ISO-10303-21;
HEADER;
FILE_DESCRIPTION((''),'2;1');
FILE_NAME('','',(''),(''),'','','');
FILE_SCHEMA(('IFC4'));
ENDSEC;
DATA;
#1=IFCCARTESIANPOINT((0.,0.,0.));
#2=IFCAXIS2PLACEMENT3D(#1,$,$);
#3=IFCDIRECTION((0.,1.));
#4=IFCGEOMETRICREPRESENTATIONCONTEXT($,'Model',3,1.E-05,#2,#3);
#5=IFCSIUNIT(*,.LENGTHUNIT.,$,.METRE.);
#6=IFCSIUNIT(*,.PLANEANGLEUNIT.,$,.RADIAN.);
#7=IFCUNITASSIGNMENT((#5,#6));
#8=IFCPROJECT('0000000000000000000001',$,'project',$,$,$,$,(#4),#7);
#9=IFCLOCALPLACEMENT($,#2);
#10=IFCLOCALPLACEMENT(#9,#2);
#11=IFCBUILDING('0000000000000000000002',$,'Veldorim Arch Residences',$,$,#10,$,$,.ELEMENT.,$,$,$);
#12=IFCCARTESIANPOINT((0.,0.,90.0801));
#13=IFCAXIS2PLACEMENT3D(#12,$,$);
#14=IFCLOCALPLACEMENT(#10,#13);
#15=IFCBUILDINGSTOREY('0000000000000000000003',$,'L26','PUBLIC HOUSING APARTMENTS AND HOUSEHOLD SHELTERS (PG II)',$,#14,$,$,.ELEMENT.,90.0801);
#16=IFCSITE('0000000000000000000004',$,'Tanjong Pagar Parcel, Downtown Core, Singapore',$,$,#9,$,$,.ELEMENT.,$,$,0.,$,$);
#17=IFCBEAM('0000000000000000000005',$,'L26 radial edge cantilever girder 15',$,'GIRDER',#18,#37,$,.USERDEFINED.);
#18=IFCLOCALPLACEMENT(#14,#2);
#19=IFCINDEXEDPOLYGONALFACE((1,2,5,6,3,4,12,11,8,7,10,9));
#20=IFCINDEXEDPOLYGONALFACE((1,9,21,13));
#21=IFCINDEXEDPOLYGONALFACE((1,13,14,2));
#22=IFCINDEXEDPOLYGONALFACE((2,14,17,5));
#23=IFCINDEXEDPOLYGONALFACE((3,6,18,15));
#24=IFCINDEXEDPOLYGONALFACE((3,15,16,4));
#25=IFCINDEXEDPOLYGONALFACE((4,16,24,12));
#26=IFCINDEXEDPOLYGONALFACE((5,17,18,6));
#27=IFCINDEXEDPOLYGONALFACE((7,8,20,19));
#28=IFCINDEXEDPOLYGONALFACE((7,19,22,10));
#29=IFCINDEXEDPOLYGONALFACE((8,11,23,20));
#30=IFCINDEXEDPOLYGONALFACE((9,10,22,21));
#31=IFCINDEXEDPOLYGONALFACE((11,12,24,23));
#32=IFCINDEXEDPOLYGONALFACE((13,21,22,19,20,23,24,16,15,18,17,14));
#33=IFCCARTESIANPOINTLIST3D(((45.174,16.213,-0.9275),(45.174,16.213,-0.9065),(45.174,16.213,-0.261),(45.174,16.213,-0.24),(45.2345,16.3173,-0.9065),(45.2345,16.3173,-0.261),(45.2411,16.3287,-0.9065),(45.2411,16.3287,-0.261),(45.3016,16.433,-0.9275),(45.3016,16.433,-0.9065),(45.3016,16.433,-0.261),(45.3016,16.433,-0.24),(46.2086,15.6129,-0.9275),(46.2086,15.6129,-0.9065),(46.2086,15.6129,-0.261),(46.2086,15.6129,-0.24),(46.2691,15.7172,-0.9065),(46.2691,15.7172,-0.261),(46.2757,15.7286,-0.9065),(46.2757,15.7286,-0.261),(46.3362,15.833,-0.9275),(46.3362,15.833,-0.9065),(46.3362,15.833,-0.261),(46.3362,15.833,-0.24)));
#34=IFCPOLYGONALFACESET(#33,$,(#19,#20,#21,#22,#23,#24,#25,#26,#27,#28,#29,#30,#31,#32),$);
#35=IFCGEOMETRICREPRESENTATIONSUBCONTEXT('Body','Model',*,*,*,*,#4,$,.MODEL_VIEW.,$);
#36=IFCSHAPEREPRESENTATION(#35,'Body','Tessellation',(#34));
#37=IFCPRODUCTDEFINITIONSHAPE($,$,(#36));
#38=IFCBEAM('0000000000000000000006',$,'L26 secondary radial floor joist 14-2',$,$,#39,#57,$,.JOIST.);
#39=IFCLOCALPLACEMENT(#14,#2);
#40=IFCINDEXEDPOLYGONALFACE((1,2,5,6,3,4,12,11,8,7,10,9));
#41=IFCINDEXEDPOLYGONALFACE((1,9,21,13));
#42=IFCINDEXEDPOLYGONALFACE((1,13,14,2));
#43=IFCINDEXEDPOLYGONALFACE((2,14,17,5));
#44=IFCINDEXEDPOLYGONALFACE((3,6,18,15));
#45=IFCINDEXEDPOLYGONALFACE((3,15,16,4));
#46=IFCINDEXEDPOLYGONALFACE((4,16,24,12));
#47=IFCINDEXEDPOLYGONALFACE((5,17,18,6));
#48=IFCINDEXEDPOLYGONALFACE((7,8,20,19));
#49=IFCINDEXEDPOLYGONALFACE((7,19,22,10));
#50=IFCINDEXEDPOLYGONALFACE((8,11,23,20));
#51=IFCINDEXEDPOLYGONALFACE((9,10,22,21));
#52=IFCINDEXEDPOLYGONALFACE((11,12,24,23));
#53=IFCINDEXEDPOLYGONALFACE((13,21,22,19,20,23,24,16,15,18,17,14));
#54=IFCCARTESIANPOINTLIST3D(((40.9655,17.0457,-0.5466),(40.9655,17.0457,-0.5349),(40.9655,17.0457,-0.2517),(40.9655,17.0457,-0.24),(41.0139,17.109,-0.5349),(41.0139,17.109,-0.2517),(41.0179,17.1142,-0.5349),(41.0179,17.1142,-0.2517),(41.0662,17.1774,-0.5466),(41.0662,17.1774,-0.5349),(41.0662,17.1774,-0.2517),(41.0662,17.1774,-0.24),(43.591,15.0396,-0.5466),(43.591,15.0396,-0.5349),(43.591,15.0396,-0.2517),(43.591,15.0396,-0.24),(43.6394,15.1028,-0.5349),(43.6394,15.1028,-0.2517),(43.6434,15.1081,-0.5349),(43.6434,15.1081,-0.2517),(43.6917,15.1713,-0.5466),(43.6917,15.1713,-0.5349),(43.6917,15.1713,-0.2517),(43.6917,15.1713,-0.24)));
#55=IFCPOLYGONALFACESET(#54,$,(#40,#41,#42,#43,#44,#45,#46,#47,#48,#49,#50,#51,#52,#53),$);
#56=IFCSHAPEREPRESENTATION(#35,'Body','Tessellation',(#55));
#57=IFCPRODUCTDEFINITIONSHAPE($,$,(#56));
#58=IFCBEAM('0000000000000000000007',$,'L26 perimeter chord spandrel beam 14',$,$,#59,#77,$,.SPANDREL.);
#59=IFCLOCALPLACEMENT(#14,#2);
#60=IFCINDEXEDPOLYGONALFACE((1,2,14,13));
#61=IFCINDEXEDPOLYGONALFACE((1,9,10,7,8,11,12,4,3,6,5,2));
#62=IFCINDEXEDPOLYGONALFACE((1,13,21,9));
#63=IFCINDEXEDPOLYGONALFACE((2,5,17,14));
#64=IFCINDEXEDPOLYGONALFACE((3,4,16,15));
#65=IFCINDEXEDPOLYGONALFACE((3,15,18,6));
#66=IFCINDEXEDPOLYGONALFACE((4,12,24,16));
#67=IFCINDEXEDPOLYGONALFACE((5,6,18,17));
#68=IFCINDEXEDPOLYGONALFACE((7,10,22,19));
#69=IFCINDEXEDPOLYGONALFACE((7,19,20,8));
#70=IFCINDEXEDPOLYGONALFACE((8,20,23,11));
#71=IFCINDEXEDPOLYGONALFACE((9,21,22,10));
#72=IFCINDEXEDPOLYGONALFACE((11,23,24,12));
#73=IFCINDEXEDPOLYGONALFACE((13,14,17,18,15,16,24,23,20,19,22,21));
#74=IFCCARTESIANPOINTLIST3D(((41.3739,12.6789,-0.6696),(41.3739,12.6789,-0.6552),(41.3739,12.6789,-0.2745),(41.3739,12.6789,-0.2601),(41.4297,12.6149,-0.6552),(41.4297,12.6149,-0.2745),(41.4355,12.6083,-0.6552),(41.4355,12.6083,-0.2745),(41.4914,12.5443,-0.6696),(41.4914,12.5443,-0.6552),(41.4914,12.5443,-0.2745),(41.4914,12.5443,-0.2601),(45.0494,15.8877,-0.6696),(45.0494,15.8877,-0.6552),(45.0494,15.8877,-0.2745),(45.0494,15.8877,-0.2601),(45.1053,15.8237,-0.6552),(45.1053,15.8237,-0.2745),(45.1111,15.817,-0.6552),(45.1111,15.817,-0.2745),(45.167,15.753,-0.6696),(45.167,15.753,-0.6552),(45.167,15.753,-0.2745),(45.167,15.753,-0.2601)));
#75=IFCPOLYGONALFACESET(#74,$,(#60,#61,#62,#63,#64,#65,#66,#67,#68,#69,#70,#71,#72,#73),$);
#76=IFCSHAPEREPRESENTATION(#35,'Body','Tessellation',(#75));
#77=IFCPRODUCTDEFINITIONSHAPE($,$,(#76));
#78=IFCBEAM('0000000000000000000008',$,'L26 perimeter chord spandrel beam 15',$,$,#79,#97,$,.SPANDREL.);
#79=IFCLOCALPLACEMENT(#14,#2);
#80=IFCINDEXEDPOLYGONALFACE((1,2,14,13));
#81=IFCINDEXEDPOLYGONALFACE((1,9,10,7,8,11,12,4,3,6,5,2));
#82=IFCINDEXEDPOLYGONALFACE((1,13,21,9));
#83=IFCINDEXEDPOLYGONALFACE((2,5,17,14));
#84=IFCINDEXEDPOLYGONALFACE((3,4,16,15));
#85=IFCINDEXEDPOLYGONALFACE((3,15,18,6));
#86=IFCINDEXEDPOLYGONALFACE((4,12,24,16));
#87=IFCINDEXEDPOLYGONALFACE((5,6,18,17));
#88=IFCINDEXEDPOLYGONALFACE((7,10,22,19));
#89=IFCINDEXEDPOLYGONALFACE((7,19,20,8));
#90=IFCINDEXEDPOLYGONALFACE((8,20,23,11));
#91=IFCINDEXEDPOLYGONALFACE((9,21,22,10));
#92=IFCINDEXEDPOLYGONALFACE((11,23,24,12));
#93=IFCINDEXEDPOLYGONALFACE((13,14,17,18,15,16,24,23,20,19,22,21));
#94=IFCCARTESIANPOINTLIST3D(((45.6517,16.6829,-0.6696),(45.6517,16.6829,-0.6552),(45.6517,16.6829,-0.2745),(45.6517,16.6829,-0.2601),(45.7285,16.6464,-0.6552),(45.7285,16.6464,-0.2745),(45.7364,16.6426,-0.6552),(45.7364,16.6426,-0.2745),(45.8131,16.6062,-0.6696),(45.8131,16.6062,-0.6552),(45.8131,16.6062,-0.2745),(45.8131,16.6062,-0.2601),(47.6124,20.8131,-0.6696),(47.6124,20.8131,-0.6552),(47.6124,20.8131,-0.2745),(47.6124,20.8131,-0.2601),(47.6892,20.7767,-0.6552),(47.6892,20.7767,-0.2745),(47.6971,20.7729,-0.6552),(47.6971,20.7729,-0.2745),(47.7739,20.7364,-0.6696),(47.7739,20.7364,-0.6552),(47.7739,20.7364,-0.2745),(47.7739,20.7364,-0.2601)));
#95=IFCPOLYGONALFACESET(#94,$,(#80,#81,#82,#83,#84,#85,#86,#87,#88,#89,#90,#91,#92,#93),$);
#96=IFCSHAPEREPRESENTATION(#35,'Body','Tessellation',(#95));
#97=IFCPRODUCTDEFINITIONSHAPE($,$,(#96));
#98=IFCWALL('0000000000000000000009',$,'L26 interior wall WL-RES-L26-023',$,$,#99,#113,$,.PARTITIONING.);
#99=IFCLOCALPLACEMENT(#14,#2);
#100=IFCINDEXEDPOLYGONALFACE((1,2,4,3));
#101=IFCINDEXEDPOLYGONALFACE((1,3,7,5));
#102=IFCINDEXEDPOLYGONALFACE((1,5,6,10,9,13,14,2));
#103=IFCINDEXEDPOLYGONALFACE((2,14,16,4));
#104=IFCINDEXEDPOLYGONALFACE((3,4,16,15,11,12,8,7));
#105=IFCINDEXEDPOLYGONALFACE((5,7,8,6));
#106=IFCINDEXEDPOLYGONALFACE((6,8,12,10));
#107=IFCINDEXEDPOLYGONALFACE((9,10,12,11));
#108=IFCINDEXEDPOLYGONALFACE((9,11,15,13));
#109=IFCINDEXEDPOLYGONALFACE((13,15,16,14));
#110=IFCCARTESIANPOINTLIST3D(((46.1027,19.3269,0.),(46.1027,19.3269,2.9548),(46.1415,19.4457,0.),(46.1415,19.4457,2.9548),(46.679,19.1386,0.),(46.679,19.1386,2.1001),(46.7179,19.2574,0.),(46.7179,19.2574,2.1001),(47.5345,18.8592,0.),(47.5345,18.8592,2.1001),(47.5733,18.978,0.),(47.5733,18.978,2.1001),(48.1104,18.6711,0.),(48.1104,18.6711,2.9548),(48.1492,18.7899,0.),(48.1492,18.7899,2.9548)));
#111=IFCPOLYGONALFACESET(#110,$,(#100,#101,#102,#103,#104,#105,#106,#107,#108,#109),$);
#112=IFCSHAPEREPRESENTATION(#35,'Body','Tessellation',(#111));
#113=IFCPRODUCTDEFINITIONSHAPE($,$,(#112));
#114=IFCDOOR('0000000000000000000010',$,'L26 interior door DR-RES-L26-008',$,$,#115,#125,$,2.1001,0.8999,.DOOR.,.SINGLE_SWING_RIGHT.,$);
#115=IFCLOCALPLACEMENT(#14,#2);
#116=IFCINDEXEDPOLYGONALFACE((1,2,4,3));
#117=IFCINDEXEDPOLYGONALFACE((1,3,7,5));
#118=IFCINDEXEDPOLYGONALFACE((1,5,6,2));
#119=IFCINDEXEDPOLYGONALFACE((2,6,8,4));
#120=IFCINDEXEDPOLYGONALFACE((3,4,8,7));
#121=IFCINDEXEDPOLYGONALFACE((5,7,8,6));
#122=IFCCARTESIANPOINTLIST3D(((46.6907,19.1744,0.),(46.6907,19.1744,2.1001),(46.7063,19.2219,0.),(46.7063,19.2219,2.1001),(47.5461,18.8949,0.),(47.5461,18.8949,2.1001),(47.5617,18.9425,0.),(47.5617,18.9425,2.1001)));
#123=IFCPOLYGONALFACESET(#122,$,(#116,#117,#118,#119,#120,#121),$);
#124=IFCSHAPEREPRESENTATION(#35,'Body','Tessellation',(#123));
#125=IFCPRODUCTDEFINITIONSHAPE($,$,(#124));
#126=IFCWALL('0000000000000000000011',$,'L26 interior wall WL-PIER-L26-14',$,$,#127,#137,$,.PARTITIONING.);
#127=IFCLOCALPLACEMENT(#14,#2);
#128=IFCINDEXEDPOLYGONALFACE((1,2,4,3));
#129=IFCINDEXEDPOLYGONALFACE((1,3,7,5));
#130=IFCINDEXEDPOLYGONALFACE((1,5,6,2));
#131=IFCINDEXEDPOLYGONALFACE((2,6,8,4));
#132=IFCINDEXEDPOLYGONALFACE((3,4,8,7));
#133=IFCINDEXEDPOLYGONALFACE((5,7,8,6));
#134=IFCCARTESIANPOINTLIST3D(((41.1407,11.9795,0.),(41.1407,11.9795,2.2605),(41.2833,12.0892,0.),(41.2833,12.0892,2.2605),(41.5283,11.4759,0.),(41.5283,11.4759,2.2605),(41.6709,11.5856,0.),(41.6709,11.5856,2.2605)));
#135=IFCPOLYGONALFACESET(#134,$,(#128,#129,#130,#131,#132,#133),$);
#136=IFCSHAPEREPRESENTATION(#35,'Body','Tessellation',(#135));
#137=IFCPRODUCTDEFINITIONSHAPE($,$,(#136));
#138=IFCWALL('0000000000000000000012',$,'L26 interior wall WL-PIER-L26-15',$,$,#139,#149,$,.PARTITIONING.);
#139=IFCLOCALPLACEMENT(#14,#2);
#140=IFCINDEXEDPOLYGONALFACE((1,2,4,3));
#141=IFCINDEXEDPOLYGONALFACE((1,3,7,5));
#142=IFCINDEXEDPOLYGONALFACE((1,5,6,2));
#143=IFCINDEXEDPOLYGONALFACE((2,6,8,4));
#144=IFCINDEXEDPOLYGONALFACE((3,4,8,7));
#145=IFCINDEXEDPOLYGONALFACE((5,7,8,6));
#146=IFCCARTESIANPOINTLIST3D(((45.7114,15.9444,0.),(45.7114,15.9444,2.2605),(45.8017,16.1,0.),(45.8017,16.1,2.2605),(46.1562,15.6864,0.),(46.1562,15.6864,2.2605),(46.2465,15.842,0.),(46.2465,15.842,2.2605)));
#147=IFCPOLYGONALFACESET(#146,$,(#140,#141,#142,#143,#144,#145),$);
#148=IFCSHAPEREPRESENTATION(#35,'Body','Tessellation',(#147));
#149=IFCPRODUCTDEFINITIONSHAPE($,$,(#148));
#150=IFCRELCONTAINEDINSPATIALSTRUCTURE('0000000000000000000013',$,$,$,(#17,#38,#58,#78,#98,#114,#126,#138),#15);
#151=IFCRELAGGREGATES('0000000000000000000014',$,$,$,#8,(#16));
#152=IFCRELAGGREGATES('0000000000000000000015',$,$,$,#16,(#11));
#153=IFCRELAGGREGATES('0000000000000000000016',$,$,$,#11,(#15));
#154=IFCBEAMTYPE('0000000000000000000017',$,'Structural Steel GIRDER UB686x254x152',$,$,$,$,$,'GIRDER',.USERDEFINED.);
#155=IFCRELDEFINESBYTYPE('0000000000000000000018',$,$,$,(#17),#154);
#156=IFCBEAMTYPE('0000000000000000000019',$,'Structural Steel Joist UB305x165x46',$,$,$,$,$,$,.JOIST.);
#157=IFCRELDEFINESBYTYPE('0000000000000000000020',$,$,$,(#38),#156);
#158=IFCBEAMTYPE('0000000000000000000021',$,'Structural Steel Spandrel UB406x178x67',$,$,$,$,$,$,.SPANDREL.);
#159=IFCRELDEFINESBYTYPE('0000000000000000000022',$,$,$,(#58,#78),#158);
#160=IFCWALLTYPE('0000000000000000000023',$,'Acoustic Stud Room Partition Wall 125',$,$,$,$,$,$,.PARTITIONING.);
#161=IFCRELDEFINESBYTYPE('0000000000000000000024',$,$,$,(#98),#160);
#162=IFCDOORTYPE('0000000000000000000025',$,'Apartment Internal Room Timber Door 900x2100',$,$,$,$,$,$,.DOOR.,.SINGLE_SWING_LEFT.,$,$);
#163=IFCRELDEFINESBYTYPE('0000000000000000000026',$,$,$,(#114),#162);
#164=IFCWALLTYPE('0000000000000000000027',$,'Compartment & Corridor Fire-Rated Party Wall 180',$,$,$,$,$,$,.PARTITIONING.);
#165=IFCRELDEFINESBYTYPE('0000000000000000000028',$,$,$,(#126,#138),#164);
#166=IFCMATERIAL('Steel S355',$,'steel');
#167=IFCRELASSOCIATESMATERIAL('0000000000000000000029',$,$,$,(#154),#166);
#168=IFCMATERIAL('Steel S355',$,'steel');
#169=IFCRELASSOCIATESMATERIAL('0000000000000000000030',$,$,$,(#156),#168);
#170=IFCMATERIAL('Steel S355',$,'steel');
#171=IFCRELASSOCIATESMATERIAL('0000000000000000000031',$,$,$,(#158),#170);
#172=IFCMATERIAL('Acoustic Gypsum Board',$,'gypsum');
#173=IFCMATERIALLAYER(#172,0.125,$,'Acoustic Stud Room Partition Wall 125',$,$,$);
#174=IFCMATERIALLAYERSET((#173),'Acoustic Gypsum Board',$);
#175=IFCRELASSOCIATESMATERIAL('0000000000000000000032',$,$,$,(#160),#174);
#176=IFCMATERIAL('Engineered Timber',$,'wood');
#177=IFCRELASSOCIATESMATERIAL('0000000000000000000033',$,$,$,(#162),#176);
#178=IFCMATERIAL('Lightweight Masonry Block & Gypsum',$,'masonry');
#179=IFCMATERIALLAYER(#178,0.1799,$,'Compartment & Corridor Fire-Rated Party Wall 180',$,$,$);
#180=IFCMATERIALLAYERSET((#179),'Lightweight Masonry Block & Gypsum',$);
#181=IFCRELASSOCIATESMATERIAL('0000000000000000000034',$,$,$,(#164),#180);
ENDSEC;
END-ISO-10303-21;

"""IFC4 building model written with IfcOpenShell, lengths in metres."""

from ifc_helpers import new_model, si_unit, direction, frame, frame_2d, origin, origin_2d, place, context, subcontext, project, spatial, rectangle, i_section, extrude, material, layer, layer_set, material_profile, profile_set, type_object, element, fill, save


model = new_model("IFC4")

# Units and contexts
model_context = context("Model", 3, precision=1e-05, world=origin(), true_north=direction((0.0, 1.0)))
body_context = subcontext(model_context, "Body", "Model", "MODEL_VIEW")
ifc_project = project(units=[si_unit("LENGTHUNIT", "METRE"), si_unit("PLANEANGLEUNIT", "RADIAN")], contexts=[model_context])

# Site, building, storey
site_placement = place(None, origin())
site = spatial("IfcSite", under=ifc_project, at=site_placement, Name="Tanjong Pagar Parcel, Downtown Core, Singapore", CompositionType="ELEMENT", RefElevation=0.0)
building_placement = place(site_placement, origin())
building = spatial("IfcBuilding", under=site, at=building_placement, Name="Veldorim Arch Residences", CompositionType="ELEMENT")
storey_placement = place(building_placement, frame((0.0, 0.0, 90.0801)))
storey = spatial("IfcBuildingStorey", under=building, at=storey_placement, Name="L26", Description="PUBLIC HOUSING APARTMENTS AND HOUSEHOLD SHELTERS (PG II)", CompositionType="ELEMENT", Elevation=90.0801)

# Beams
ifc_material_1 = material(Name="Steel S355", Category="steel")
ifc_material_profile_1 = material_profile(ifc_material_1, i_section(OverallWidth=0.2544, OverallDepth=0.6875, WebThickness=0.0132, FlangeThickness=0.021, at=origin_2d()), Name="UB686x254x152")
ifc_profile_set_1 = profile_set([ifc_material_profile_1], Name="Steel S355")
beam_type_1 = type_object("IfcBeamType", Name="Structural Steel GIRDER UB686x254x152", ElementType="GIRDER", PredefinedType="USERDEFINED", material=ifc_profile_set_1)
beam_1_placement = place(storey_placement, frame((45.2378, 16.323, -0.5837), z_axis=(0.865035, -0.501712, 0.0), x_axis=(0.501712, 0.865035, 0.0)))
element("IfcBeam", 1, at=beam_1_placement, inside=storey, type_object=beam_type_1, Name="L26 radial edge cantilever girder 15", ObjectType="GIRDER", PredefinedType="USERDEFINED", context=body_context, shape_type="SweptSolid", body=[
    extrude(i_section(OverallWidth=0.2544, OverallDepth=0.6875, WebThickness=0.0132, FlangeThickness=0.021, at=origin_2d()), origin(), (0.0, 0.0, 1.0), 1.196),
])
ifc_material_2 = material(Name="Steel S355", Category="steel")
ifc_material_profile_2 = material_profile(ifc_material_2, i_section(OverallWidth=0.1658, OverallDepth=0.3066, WebThickness=0.0066, FlangeThickness=0.0117, at=origin_2d()), Name="UB305x165x46")
ifc_profile_set_2 = profile_set([ifc_material_profile_2], Name="Steel S355")
beam_type_2 = type_object("IfcBeamType", Name="Structural Steel Joist UB305x165x46", PredefinedType="JOIST", material=ifc_profile_set_2)
beam_2_placement = place(storey_placement, frame((41.0159, 17.1116, -0.3933), z_axis=(0.794595, -0.60714, 0.0), x_axis=(0.60714, 0.794595, 0.0)))
element("IfcBeam", 2, at=beam_2_placement, inside=storey, type_object=beam_type_2, Name="L26 secondary radial floor joist 14-2", PredefinedType="JOIST", context=body_context, shape_type="SweptSolid", body=[
    extrude(i_section(OverallWidth=0.1658, OverallDepth=0.3066, WebThickness=0.0066, FlangeThickness=0.0117, at=origin_2d()), origin(), (0.0, 0.0, 1.0), 3.3042),
])
ifc_material_3 = material(Name="Steel S355", Category="steel")
ifc_material_profile_3 = material_profile(ifc_material_3, i_section(OverallWidth=0.1787, OverallDepth=0.4094, WebThickness=0.0088, FlangeThickness=0.0144, at=origin_2d()), Name="UB406x178x67")
ifc_profile_set_3 = profile_set([ifc_material_profile_3], Name="Steel S355")
beam_type_3 = type_object("IfcBeamType", Name="Structural Steel Spandrel UB406x178x67", PredefinedType="SPANDREL", material=ifc_profile_set_3)
beam_3_placement = place(storey_placement, frame((41.4326, 12.6116, -0.4648), z_axis=(0.753323, 0.65765, 0.0), x_axis=(-0.65765, 0.753323, 0.0)))
element("IfcBeam", 3, at=beam_3_placement, inside=storey, type_object=beam_type_3, Name="L26 perimeter chord spandrel beam 14", PredefinedType="SPANDREL", context=body_context, shape_type="SweptSolid", body=[
    extrude(i_section(OverallWidth=0.1787, OverallDepth=0.4094, WebThickness=0.0088, FlangeThickness=0.0144, at=origin_2d()), origin(), (0.0, 0.0, 1.0), 4.8792),
])
beam_4_placement = place(storey_placement, frame((45.7324, 16.6445, -0.4648), z_axis=(0.428857, 0.903372, 0.0), x_axis=(-0.903372, 0.428857, 0.0)))
element("IfcBeam", 4, at=beam_4_placement, inside=storey, type_object=beam_type_3, Name="L26 perimeter chord spandrel beam 15", PredefinedType="SPANDREL", context=body_context, shape_type="SweptSolid", body=[
    extrude(i_section(OverallWidth=0.1787, OverallDepth=0.4094, WebThickness=0.0088, FlangeThickness=0.0144, at=origin_2d()), origin(), (0.0, 0.0, 1.0), 4.572),
])

# Wall, opening, door
ifc_material_4 = material(Name="Acoustic Gypsum Board", Category="gypsum")
ifc_layer_1 = layer(ifc_material_4, 0.125, Name="Acoustic Stud Room Partition Wall 125")
ifc_layer_set_1 = layer_set([ifc_layer_1], Name="Acoustic Gypsum Board")
wall_type_1 = type_object("IfcWallType", Name="Acoustic Stud Room Partition Wall 125", PredefinedType="PARTITIONING", material=ifc_layer_set_1)
wall_1_placement = place(storey_placement, frame((48.1299, 18.7305, 0.0), z_axis=(0.0, 0.0, 1.0), x_axis=(-0.950573, 0.3105, 0.0)))
wall_1 = element("IfcWall", 5, at=wall_1_placement, inside=storey, type_object=wall_type_1, Name="L26 interior wall WL-RES-L26-023", PredefinedType="PARTITIONING", context=body_context, shape_type="SweptSolid", body=[
    extrude(rectangle(XDim=2.1121, YDim=0.125, at=frame_2d((1.0562, 0.0))), origin(), (0.0, 0.0, 1.0), 2.9548),
])
opening_1_placement = place(wall_1_placement, frame((0.606, 0.0, 0.0)))
opening_1 = element("IfcOpeningElement", 6, at=opening_1_placement, cuts=wall_1, PredefinedType="OPENING", context=body_context, shape_type="SweptSolid", body=[
    extrude(rectangle(XDim=0.8999, YDim=2.1001, at=frame_2d((0.45, 1.05))), frame((0.0, 0.0725, 0.0), z_axis=(0.0, -1.0, 0.0), x_axis=(1.0, 0.0, 0.0)), (0.0, 0.0, 1.0), 0.145),
])
ifc_material_5 = material(Name="Engineered Timber", Category="wood")
door_type_1 = type_object("IfcDoorType", Name="Apartment Internal Room Timber Door 900x2100", OperationType="SINGLE_SWING_LEFT", PredefinedType="DOOR", material=ifc_material_5)
door_1_placement = place(opening_1_placement, origin())
door_1 = element("IfcDoor", 7, at=door_1_placement, inside=storey, type_object=door_type_1, Name="L26 interior door DR-RES-L26-008", OperationType="SINGLE_SWING_RIGHT", OverallHeight=2.1001, OverallWidth=0.8999, PredefinedType="DOOR", context=body_context, shape_type="SweptSolid", body=[
    extrude(rectangle(XDim=0.8999, YDim=2.1001, at=frame_2d((0.45, 1.05))), frame((0.0, 0.0249, 0.0), z_axis=(0.0, -1.0, 0.0), x_axis=(1.0, 0.0, 0.0)), (0.0, 0.0, 1.0), 0.05),
])
fill(opening_1, door_1)

# Walls
ifc_material_6 = material(Name="Lightweight Masonry Block & Gypsum", Category="masonry")
ifc_layer_2 = layer(ifc_material_6, 0.1799, Name="Compartment & Corridor Fire-Rated Party Wall 180")
ifc_layer_set_2 = layer_set([ifc_layer_2], Name="Lightweight Masonry Block & Gypsum")
wall_type_2 = type_object("IfcWallType", Name="Compartment & Corridor Fire-Rated Party Wall 180", PredefinedType="PARTITIONING", material=ifc_layer_set_2)
wall_2_placement = place(storey_placement, frame((41.2119, 12.0344, 0.0), z_axis=(0.0, 0.0, 1.0), x_axis=(0.609971, -0.792424, 0.0)))
element("IfcWall", 8, at=wall_2_placement, inside=storey, type_object=wall_type_2, Name="L26 interior wall WL-PIER-L26-14", PredefinedType="PARTITIONING", context=body_context, shape_type="SweptSolid", body=[
    extrude(rectangle(XDim=0.6355, YDim=0.1799, at=frame_2d((0.3179, 0.0))), origin(), (0.0, 0.0, 1.0), 2.2605),
])
wall_3_placement = place(storey_placement, frame((45.7566, 16.0222, 0.0), z_axis=(0.0, 0.0, 1.0), x_axis=(0.864982, -0.501803, 0.0)))
element("IfcWall", 9, at=wall_3_placement, inside=storey, type_object=wall_type_2, Name="L26 interior wall WL-PIER-L26-15", PredefinedType="PARTITIONING", context=body_context, shape_type="SweptSolid", body=[
    extrude(rectangle(XDim=0.5142, YDim=0.1799, at=frame_2d((0.2571, 0.0))), origin(), (0.0, 0.0, 1.0), 2.2605),
])

save(model, "model.ifc")
